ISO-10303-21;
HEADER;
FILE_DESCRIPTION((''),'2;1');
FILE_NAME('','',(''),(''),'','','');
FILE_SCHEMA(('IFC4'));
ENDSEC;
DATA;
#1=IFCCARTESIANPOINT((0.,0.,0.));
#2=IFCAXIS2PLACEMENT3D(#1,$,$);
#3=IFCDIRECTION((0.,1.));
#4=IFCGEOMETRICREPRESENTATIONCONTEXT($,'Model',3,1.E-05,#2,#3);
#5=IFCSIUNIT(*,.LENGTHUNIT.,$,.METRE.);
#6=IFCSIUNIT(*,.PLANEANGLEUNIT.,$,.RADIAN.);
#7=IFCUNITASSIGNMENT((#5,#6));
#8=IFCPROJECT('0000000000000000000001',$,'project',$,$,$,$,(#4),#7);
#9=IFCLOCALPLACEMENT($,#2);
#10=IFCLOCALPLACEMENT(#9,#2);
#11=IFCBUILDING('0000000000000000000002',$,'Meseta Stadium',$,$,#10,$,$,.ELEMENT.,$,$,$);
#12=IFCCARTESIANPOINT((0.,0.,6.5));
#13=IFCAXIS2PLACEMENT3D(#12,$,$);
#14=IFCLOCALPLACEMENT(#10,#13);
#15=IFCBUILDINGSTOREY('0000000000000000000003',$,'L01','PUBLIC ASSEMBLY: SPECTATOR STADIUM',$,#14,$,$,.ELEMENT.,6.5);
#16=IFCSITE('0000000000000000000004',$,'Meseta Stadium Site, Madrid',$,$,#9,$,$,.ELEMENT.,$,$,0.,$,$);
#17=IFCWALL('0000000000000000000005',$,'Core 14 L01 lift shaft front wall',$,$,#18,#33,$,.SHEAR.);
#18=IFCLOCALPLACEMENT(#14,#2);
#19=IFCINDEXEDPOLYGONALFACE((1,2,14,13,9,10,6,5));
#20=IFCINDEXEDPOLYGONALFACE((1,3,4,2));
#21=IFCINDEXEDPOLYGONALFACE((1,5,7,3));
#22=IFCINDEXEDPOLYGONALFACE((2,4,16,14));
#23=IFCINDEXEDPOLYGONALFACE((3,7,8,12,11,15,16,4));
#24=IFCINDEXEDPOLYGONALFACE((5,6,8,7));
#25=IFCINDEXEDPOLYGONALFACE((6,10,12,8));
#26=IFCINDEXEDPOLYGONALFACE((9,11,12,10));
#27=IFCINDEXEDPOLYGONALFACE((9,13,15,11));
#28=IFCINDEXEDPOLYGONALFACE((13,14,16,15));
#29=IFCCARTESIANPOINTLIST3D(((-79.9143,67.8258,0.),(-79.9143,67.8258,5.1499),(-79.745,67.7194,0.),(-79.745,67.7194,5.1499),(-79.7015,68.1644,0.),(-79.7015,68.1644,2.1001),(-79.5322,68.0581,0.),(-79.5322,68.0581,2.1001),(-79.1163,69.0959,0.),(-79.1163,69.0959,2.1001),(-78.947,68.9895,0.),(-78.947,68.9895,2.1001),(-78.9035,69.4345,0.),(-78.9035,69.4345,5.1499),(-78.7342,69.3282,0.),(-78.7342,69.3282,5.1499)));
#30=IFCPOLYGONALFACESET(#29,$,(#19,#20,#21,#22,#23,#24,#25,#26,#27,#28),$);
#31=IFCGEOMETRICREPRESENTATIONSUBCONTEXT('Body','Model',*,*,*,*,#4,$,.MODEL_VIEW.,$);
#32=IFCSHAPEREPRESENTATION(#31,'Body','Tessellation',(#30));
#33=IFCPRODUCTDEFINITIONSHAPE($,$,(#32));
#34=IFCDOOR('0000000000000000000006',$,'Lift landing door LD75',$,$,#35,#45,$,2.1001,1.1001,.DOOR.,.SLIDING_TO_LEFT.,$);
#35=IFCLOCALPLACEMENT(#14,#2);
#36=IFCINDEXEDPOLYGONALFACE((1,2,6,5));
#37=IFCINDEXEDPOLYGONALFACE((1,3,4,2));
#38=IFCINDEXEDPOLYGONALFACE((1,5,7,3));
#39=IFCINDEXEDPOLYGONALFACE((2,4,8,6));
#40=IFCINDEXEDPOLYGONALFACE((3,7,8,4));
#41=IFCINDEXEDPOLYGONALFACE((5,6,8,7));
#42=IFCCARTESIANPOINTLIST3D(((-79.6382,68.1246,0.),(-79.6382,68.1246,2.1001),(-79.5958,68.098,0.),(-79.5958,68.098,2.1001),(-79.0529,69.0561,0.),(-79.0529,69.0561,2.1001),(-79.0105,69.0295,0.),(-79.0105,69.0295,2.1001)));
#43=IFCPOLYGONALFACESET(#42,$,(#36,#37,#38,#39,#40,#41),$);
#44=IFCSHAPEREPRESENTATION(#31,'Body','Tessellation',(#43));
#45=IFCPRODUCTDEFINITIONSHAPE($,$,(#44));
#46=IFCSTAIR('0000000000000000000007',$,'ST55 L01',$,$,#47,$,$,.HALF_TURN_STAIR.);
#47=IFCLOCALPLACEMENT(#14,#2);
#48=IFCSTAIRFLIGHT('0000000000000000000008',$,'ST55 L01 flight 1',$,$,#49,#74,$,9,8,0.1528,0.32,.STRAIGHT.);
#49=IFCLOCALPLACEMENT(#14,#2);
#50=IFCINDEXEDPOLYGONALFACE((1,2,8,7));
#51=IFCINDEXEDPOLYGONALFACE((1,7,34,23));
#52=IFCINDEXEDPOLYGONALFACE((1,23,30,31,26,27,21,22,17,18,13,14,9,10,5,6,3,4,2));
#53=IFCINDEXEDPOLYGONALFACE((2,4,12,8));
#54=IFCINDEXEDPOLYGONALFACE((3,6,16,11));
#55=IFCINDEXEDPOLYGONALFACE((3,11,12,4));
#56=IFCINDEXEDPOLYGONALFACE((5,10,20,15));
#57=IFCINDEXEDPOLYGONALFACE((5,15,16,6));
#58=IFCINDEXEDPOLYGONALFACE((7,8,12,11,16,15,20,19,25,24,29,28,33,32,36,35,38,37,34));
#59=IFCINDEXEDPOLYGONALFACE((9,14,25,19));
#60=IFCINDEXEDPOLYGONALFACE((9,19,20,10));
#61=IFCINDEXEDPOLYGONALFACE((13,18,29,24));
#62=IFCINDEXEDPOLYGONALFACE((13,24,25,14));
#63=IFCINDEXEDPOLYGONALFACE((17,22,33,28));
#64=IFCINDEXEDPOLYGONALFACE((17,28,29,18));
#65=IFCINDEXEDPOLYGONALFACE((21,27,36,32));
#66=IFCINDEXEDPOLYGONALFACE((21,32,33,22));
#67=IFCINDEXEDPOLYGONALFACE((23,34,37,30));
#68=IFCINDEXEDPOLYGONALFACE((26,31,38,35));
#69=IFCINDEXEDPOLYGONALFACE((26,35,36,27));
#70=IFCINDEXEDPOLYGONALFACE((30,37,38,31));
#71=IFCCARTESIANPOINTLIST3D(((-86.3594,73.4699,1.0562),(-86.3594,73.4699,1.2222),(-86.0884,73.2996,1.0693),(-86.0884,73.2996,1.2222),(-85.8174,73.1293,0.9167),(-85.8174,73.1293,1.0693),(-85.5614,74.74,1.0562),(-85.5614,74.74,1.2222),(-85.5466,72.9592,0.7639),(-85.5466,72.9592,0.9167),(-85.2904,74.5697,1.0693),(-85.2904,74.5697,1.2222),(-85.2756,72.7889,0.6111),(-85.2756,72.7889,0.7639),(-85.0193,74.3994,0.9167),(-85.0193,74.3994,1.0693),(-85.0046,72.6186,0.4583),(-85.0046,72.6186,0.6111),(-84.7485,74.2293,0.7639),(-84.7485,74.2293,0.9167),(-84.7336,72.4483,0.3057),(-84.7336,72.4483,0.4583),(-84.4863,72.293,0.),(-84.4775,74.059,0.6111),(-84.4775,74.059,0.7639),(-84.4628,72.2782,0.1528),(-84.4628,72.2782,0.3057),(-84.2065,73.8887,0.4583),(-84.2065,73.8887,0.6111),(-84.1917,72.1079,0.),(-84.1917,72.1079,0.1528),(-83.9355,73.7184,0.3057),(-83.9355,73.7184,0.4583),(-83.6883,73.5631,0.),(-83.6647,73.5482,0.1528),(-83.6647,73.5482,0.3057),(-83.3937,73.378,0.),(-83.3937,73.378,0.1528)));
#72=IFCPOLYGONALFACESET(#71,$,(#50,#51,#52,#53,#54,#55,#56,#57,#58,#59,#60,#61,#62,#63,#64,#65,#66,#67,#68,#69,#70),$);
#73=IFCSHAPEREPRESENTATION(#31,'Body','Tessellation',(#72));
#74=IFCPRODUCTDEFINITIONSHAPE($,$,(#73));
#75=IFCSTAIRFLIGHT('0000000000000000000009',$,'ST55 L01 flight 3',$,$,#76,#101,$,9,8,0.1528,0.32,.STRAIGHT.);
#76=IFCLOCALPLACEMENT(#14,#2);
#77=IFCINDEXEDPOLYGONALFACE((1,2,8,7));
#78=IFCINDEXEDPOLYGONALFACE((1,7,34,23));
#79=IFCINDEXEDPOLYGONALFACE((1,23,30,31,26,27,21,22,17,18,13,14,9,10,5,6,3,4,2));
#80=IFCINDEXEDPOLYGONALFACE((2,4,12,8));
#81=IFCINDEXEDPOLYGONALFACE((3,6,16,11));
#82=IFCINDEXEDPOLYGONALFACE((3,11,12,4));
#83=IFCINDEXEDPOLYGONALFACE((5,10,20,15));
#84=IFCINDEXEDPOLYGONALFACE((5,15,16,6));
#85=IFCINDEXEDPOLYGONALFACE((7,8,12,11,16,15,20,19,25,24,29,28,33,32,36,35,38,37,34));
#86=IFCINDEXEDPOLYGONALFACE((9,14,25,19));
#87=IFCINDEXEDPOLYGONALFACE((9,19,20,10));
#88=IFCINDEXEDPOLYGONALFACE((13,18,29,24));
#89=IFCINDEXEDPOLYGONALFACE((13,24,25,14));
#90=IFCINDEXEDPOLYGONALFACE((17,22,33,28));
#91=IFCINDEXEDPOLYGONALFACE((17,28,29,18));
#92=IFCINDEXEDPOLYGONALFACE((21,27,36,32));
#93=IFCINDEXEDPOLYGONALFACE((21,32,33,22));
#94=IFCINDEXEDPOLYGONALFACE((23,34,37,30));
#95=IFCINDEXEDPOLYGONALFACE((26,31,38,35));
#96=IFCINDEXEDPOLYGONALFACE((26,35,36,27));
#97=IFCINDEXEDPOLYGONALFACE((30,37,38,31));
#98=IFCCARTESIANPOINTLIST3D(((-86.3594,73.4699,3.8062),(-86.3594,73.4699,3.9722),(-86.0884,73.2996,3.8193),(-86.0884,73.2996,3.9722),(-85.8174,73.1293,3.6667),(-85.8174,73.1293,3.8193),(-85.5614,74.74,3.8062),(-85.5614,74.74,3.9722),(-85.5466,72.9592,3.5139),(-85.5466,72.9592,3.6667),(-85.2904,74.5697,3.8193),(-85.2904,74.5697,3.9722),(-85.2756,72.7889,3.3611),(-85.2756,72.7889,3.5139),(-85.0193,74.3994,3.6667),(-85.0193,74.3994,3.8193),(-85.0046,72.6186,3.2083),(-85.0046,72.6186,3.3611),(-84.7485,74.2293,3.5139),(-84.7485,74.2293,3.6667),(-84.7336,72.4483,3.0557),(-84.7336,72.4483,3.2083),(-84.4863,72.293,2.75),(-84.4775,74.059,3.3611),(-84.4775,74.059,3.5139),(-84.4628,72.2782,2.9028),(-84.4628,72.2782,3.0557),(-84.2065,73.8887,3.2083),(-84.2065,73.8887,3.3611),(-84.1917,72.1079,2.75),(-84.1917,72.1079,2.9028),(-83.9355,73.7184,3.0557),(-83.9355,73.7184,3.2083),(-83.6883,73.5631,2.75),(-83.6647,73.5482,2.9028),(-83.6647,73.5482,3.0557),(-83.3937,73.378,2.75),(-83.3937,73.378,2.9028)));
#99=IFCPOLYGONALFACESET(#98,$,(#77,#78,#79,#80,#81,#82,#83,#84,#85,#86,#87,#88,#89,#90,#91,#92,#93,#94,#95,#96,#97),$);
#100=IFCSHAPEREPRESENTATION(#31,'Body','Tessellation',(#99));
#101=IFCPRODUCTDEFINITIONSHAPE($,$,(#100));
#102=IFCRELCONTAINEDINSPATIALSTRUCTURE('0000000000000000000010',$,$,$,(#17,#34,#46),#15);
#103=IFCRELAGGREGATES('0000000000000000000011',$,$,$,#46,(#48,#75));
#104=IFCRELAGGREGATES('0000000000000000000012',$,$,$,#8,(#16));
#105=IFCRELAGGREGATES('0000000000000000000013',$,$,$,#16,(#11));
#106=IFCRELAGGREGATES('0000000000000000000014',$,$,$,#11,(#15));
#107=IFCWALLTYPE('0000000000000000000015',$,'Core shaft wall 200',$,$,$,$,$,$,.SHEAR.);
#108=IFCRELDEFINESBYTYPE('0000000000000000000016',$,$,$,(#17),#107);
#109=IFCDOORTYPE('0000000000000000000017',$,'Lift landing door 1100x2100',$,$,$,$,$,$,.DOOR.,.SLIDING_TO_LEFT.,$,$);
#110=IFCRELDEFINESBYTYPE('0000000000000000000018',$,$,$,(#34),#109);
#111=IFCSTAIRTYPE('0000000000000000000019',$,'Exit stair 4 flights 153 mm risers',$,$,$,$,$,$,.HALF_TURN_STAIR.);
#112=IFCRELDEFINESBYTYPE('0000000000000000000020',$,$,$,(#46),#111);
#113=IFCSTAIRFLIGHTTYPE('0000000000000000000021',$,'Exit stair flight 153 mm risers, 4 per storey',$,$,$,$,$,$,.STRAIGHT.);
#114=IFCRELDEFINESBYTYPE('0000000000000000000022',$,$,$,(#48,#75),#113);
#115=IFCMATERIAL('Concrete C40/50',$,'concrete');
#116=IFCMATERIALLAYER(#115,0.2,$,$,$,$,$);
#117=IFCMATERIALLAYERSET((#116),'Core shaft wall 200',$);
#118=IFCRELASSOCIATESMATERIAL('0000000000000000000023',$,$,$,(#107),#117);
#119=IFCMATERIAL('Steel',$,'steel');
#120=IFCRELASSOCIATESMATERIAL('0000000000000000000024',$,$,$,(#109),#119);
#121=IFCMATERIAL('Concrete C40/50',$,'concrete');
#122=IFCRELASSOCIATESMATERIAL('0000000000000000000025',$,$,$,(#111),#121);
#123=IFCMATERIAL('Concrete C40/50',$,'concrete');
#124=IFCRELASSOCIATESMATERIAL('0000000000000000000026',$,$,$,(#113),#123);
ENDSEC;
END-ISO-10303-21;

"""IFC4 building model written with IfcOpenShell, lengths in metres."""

from ifc_helpers import new_model, si_unit, direction, frame, frame_2d, origin, place, context, subcontext, project, spatial, polyline, rectangle, outline, extrude, material, layer, layer_set, type_object, element, fill, aggregate, save


model = new_model("IFC4")

# Units and contexts
model_context = context("Model", 3, precision=1e-05, world=origin(), true_north=direction((0.0, 1.0)))
body_context = subcontext(model_context, "Body", "Model", "MODEL_VIEW")
ifc_project = project(units=[si_unit("LENGTHUNIT", "METRE"), si_unit("PLANEANGLEUNIT", "RADIAN")], contexts=[model_context])

# Site, building, storey
site_placement = place(None, origin())
site = spatial("IfcSite", under=ifc_project, at=site_placement, Name="Meseta Stadium Site, Madrid", CompositionType="ELEMENT", RefElevation=0.0)
building_placement = place(site_placement, origin())
building = spatial("IfcBuilding", under=site, at=building_placement, Name="Meseta Stadium", CompositionType="ELEMENT")
storey_placement = place(building_placement, frame((0.0, 0.0, 6.5)))
storey = spatial("IfcBuildingStorey", under=building, at=storey_placement, Name="L01", Description="PUBLIC ASSEMBLY: SPECTATOR STADIUM", CompositionType="ELEMENT", Elevation=6.5)

# Shared definitions
ifc_material_1 = material(Name="Concrete C40/50", Category="concrete")
ifc_layer = layer(ifc_material_1, 0.2)
ifc_layer_set = layer_set([ifc_layer], Name="Core shaft wall 200")
wall_type = type_object("IfcWallType", Name="Core shaft wall 200", PredefinedType="SHEAR", material=ifc_layer_set)

# Wall, opening, door
wall_1_placement = place(storey_placement, frame((-78.8188, 69.3813, 0.0), z_axis=(0.0, 0.0, 1.0), x_axis=(-0.532019, -0.846732, 0.0)))
wall_1 = element("IfcWall", 1, at=wall_1_placement, inside=storey, type_object=wall_type, Name="Core 14 L01 lift shaft front wall", PredefinedType="SHEAR", context=body_context, shape_type="SweptSolid", body=[
    extrude(rectangle(XDim=1.8999, YDim=0.2, at=frame_2d((0.95, 0.0))), origin(), (0.0, 0.0, 1.0), 5.1499),
])
opening_1_placement = place(wall_1_placement, frame((0.3999, 0.0, 0.0)))
opening_1 = element("IfcOpeningElement", 2, at=opening_1_placement, cuts=wall_1, PredefinedType="OPENING", context=body_context, shape_type="SweptSolid", body=[
    extrude(rectangle(XDim=1.1001, YDim=2.1001, at=frame_2d((0.55, 1.05))), frame((0.0, 0.1099, 0.0), z_axis=(0.0, -1.0, 0.0), x_axis=(1.0, 0.0, 0.0)), (0.0, 0.0, 1.0), 0.22),
])
ifc_material_2 = material(Name="Steel", Category="steel")
door_type_1 = type_object("IfcDoorType", Name="Lift landing door 1100x2100", OperationType="SLIDING_TO_LEFT", PredefinedType="DOOR", material=ifc_material_2)
door_1_placement = place(opening_1_placement, origin())
door_1 = element("IfcDoor", 3, at=door_1_placement, inside=storey, type_object=door_type_1, Name="Lift landing door LD75", OperationType="SLIDING_TO_LEFT", OverallHeight=2.1001, OverallWidth=1.1001, PredefinedType="DOOR", context=body_context, shape_type="SweptSolid", body=[
    extrude(rectangle(XDim=1.1001, YDim=2.1001, at=frame_2d((0.55, 1.05))), frame((0.0, 0.0249, 0.0), z_axis=(0.0, -1.0, 0.0), x_axis=(1.0, 0.0, 0.0)), (0.0, 0.0, 1.0), 0.05),
])
fill(opening_1, door_1)

# Stair, stair flights
ifc_material_3 = material(Name="Concrete C40/50", Category="concrete")
stair_type = type_object("IfcStairType", Name="Exit stair 4 flights 153 mm risers", PredefinedType="HALF_TURN_STAIR", material=ifc_material_3)
stair_placement = place(storey_placement, origin())
stair = element("IfcStair", 4, at=stair_placement, inside=storey, type_object=stair_type, Name="ST55 L01", PredefinedType="HALF_TURN_STAIR")
ifc_material_4 = material(Name="Concrete C40/50", Category="concrete")
stair_flight_type = type_object("IfcStairFlightType", Name="Exit stair flight 153 mm risers, 4 per storey", PredefinedType="STRAIGHT", material=ifc_material_4)
stair_flight_1_placement = place(storey_placement, frame((-83.7927, 72.7429, 0.0), z_axis=(0.0, 0.0, 1.0), x_axis=(-0.846724, 0.532032, 0.0)))
stair_flight_1 = element("IfcStairFlight", 5, at=stair_flight_1_placement, type_object=stair_flight_type, Name="ST55 L01 flight 1", NumberOfRisers=9, NumberOfTreads=8, PredefinedType="STRAIGHT", RiserHeight=0.1528, TreadLength=0.32, context=body_context, shape_type="SweptSolid", body=[
    extrude(outline(polyline([(0.0, 0.0), (0.0, 0.1528), (0.3201, 0.1528), (0.3201, 0.3057), (0.6399, 0.3057), (0.6399, 0.4583), (0.96, 0.4583), (0.96, 0.6111), (1.28, 0.6111), (1.28, 0.7639), (1.6001, 0.7639), (1.6001, 0.9167), (1.9199, 0.9167), (1.9199, 1.0693), (2.24, 1.0693), (2.24, 1.2222), (2.5601, 1.2222), (2.5601, 1.0562), (0.3479, 0.0), (0.0, 0.0)])), frame((0.0, 0.75, 0.0), z_axis=(0.0, -1.0, 0.0), x_axis=(1.0, 0.0, 0.0)), (0.0, 0.0, 1.0), 1.5),
])
stair_flight_2_placement = place(storey_placement, frame((-83.7927, 72.7429, 2.75), z_axis=(0.0, 0.0, 1.0), x_axis=(-0.846724, 0.532032, 0.0)))
stair_flight_2 = element("IfcStairFlight", 6, at=stair_flight_2_placement, type_object=stair_flight_type, Name="ST55 L01 flight 3", NumberOfRisers=9, NumberOfTreads=8, PredefinedType="STRAIGHT", RiserHeight=0.1528, TreadLength=0.32, context=body_context, shape_type="SweptSolid", body=[
    extrude(outline(polyline([(0.0, 0.0), (0.0, 0.1528), (0.3201, 0.1528), (0.3201, 0.3057), (0.6399, 0.3057), (0.6399, 0.4583), (0.96, 0.4583), (0.96, 0.6111), (1.28, 0.6111), (1.28, 0.7639), (1.6001, 0.7639), (1.6001, 0.9167), (1.9199, 0.9167), (1.9199, 1.0693), (2.24, 1.0693), (2.24, 1.2222), (2.5601, 1.2222), (2.5601, 1.0562), (0.3479, 0.0), (0.0, 0.0)])), frame((0.0, 0.75, 0.0), z_axis=(0.0, -1.0, 0.0), x_axis=(1.0, 0.0, 0.0)), (0.0, 0.0, 1.0), 1.5),
])
aggregate(stair, [stair_flight_1, stair_flight_2])

save(model, "model.ifc")
